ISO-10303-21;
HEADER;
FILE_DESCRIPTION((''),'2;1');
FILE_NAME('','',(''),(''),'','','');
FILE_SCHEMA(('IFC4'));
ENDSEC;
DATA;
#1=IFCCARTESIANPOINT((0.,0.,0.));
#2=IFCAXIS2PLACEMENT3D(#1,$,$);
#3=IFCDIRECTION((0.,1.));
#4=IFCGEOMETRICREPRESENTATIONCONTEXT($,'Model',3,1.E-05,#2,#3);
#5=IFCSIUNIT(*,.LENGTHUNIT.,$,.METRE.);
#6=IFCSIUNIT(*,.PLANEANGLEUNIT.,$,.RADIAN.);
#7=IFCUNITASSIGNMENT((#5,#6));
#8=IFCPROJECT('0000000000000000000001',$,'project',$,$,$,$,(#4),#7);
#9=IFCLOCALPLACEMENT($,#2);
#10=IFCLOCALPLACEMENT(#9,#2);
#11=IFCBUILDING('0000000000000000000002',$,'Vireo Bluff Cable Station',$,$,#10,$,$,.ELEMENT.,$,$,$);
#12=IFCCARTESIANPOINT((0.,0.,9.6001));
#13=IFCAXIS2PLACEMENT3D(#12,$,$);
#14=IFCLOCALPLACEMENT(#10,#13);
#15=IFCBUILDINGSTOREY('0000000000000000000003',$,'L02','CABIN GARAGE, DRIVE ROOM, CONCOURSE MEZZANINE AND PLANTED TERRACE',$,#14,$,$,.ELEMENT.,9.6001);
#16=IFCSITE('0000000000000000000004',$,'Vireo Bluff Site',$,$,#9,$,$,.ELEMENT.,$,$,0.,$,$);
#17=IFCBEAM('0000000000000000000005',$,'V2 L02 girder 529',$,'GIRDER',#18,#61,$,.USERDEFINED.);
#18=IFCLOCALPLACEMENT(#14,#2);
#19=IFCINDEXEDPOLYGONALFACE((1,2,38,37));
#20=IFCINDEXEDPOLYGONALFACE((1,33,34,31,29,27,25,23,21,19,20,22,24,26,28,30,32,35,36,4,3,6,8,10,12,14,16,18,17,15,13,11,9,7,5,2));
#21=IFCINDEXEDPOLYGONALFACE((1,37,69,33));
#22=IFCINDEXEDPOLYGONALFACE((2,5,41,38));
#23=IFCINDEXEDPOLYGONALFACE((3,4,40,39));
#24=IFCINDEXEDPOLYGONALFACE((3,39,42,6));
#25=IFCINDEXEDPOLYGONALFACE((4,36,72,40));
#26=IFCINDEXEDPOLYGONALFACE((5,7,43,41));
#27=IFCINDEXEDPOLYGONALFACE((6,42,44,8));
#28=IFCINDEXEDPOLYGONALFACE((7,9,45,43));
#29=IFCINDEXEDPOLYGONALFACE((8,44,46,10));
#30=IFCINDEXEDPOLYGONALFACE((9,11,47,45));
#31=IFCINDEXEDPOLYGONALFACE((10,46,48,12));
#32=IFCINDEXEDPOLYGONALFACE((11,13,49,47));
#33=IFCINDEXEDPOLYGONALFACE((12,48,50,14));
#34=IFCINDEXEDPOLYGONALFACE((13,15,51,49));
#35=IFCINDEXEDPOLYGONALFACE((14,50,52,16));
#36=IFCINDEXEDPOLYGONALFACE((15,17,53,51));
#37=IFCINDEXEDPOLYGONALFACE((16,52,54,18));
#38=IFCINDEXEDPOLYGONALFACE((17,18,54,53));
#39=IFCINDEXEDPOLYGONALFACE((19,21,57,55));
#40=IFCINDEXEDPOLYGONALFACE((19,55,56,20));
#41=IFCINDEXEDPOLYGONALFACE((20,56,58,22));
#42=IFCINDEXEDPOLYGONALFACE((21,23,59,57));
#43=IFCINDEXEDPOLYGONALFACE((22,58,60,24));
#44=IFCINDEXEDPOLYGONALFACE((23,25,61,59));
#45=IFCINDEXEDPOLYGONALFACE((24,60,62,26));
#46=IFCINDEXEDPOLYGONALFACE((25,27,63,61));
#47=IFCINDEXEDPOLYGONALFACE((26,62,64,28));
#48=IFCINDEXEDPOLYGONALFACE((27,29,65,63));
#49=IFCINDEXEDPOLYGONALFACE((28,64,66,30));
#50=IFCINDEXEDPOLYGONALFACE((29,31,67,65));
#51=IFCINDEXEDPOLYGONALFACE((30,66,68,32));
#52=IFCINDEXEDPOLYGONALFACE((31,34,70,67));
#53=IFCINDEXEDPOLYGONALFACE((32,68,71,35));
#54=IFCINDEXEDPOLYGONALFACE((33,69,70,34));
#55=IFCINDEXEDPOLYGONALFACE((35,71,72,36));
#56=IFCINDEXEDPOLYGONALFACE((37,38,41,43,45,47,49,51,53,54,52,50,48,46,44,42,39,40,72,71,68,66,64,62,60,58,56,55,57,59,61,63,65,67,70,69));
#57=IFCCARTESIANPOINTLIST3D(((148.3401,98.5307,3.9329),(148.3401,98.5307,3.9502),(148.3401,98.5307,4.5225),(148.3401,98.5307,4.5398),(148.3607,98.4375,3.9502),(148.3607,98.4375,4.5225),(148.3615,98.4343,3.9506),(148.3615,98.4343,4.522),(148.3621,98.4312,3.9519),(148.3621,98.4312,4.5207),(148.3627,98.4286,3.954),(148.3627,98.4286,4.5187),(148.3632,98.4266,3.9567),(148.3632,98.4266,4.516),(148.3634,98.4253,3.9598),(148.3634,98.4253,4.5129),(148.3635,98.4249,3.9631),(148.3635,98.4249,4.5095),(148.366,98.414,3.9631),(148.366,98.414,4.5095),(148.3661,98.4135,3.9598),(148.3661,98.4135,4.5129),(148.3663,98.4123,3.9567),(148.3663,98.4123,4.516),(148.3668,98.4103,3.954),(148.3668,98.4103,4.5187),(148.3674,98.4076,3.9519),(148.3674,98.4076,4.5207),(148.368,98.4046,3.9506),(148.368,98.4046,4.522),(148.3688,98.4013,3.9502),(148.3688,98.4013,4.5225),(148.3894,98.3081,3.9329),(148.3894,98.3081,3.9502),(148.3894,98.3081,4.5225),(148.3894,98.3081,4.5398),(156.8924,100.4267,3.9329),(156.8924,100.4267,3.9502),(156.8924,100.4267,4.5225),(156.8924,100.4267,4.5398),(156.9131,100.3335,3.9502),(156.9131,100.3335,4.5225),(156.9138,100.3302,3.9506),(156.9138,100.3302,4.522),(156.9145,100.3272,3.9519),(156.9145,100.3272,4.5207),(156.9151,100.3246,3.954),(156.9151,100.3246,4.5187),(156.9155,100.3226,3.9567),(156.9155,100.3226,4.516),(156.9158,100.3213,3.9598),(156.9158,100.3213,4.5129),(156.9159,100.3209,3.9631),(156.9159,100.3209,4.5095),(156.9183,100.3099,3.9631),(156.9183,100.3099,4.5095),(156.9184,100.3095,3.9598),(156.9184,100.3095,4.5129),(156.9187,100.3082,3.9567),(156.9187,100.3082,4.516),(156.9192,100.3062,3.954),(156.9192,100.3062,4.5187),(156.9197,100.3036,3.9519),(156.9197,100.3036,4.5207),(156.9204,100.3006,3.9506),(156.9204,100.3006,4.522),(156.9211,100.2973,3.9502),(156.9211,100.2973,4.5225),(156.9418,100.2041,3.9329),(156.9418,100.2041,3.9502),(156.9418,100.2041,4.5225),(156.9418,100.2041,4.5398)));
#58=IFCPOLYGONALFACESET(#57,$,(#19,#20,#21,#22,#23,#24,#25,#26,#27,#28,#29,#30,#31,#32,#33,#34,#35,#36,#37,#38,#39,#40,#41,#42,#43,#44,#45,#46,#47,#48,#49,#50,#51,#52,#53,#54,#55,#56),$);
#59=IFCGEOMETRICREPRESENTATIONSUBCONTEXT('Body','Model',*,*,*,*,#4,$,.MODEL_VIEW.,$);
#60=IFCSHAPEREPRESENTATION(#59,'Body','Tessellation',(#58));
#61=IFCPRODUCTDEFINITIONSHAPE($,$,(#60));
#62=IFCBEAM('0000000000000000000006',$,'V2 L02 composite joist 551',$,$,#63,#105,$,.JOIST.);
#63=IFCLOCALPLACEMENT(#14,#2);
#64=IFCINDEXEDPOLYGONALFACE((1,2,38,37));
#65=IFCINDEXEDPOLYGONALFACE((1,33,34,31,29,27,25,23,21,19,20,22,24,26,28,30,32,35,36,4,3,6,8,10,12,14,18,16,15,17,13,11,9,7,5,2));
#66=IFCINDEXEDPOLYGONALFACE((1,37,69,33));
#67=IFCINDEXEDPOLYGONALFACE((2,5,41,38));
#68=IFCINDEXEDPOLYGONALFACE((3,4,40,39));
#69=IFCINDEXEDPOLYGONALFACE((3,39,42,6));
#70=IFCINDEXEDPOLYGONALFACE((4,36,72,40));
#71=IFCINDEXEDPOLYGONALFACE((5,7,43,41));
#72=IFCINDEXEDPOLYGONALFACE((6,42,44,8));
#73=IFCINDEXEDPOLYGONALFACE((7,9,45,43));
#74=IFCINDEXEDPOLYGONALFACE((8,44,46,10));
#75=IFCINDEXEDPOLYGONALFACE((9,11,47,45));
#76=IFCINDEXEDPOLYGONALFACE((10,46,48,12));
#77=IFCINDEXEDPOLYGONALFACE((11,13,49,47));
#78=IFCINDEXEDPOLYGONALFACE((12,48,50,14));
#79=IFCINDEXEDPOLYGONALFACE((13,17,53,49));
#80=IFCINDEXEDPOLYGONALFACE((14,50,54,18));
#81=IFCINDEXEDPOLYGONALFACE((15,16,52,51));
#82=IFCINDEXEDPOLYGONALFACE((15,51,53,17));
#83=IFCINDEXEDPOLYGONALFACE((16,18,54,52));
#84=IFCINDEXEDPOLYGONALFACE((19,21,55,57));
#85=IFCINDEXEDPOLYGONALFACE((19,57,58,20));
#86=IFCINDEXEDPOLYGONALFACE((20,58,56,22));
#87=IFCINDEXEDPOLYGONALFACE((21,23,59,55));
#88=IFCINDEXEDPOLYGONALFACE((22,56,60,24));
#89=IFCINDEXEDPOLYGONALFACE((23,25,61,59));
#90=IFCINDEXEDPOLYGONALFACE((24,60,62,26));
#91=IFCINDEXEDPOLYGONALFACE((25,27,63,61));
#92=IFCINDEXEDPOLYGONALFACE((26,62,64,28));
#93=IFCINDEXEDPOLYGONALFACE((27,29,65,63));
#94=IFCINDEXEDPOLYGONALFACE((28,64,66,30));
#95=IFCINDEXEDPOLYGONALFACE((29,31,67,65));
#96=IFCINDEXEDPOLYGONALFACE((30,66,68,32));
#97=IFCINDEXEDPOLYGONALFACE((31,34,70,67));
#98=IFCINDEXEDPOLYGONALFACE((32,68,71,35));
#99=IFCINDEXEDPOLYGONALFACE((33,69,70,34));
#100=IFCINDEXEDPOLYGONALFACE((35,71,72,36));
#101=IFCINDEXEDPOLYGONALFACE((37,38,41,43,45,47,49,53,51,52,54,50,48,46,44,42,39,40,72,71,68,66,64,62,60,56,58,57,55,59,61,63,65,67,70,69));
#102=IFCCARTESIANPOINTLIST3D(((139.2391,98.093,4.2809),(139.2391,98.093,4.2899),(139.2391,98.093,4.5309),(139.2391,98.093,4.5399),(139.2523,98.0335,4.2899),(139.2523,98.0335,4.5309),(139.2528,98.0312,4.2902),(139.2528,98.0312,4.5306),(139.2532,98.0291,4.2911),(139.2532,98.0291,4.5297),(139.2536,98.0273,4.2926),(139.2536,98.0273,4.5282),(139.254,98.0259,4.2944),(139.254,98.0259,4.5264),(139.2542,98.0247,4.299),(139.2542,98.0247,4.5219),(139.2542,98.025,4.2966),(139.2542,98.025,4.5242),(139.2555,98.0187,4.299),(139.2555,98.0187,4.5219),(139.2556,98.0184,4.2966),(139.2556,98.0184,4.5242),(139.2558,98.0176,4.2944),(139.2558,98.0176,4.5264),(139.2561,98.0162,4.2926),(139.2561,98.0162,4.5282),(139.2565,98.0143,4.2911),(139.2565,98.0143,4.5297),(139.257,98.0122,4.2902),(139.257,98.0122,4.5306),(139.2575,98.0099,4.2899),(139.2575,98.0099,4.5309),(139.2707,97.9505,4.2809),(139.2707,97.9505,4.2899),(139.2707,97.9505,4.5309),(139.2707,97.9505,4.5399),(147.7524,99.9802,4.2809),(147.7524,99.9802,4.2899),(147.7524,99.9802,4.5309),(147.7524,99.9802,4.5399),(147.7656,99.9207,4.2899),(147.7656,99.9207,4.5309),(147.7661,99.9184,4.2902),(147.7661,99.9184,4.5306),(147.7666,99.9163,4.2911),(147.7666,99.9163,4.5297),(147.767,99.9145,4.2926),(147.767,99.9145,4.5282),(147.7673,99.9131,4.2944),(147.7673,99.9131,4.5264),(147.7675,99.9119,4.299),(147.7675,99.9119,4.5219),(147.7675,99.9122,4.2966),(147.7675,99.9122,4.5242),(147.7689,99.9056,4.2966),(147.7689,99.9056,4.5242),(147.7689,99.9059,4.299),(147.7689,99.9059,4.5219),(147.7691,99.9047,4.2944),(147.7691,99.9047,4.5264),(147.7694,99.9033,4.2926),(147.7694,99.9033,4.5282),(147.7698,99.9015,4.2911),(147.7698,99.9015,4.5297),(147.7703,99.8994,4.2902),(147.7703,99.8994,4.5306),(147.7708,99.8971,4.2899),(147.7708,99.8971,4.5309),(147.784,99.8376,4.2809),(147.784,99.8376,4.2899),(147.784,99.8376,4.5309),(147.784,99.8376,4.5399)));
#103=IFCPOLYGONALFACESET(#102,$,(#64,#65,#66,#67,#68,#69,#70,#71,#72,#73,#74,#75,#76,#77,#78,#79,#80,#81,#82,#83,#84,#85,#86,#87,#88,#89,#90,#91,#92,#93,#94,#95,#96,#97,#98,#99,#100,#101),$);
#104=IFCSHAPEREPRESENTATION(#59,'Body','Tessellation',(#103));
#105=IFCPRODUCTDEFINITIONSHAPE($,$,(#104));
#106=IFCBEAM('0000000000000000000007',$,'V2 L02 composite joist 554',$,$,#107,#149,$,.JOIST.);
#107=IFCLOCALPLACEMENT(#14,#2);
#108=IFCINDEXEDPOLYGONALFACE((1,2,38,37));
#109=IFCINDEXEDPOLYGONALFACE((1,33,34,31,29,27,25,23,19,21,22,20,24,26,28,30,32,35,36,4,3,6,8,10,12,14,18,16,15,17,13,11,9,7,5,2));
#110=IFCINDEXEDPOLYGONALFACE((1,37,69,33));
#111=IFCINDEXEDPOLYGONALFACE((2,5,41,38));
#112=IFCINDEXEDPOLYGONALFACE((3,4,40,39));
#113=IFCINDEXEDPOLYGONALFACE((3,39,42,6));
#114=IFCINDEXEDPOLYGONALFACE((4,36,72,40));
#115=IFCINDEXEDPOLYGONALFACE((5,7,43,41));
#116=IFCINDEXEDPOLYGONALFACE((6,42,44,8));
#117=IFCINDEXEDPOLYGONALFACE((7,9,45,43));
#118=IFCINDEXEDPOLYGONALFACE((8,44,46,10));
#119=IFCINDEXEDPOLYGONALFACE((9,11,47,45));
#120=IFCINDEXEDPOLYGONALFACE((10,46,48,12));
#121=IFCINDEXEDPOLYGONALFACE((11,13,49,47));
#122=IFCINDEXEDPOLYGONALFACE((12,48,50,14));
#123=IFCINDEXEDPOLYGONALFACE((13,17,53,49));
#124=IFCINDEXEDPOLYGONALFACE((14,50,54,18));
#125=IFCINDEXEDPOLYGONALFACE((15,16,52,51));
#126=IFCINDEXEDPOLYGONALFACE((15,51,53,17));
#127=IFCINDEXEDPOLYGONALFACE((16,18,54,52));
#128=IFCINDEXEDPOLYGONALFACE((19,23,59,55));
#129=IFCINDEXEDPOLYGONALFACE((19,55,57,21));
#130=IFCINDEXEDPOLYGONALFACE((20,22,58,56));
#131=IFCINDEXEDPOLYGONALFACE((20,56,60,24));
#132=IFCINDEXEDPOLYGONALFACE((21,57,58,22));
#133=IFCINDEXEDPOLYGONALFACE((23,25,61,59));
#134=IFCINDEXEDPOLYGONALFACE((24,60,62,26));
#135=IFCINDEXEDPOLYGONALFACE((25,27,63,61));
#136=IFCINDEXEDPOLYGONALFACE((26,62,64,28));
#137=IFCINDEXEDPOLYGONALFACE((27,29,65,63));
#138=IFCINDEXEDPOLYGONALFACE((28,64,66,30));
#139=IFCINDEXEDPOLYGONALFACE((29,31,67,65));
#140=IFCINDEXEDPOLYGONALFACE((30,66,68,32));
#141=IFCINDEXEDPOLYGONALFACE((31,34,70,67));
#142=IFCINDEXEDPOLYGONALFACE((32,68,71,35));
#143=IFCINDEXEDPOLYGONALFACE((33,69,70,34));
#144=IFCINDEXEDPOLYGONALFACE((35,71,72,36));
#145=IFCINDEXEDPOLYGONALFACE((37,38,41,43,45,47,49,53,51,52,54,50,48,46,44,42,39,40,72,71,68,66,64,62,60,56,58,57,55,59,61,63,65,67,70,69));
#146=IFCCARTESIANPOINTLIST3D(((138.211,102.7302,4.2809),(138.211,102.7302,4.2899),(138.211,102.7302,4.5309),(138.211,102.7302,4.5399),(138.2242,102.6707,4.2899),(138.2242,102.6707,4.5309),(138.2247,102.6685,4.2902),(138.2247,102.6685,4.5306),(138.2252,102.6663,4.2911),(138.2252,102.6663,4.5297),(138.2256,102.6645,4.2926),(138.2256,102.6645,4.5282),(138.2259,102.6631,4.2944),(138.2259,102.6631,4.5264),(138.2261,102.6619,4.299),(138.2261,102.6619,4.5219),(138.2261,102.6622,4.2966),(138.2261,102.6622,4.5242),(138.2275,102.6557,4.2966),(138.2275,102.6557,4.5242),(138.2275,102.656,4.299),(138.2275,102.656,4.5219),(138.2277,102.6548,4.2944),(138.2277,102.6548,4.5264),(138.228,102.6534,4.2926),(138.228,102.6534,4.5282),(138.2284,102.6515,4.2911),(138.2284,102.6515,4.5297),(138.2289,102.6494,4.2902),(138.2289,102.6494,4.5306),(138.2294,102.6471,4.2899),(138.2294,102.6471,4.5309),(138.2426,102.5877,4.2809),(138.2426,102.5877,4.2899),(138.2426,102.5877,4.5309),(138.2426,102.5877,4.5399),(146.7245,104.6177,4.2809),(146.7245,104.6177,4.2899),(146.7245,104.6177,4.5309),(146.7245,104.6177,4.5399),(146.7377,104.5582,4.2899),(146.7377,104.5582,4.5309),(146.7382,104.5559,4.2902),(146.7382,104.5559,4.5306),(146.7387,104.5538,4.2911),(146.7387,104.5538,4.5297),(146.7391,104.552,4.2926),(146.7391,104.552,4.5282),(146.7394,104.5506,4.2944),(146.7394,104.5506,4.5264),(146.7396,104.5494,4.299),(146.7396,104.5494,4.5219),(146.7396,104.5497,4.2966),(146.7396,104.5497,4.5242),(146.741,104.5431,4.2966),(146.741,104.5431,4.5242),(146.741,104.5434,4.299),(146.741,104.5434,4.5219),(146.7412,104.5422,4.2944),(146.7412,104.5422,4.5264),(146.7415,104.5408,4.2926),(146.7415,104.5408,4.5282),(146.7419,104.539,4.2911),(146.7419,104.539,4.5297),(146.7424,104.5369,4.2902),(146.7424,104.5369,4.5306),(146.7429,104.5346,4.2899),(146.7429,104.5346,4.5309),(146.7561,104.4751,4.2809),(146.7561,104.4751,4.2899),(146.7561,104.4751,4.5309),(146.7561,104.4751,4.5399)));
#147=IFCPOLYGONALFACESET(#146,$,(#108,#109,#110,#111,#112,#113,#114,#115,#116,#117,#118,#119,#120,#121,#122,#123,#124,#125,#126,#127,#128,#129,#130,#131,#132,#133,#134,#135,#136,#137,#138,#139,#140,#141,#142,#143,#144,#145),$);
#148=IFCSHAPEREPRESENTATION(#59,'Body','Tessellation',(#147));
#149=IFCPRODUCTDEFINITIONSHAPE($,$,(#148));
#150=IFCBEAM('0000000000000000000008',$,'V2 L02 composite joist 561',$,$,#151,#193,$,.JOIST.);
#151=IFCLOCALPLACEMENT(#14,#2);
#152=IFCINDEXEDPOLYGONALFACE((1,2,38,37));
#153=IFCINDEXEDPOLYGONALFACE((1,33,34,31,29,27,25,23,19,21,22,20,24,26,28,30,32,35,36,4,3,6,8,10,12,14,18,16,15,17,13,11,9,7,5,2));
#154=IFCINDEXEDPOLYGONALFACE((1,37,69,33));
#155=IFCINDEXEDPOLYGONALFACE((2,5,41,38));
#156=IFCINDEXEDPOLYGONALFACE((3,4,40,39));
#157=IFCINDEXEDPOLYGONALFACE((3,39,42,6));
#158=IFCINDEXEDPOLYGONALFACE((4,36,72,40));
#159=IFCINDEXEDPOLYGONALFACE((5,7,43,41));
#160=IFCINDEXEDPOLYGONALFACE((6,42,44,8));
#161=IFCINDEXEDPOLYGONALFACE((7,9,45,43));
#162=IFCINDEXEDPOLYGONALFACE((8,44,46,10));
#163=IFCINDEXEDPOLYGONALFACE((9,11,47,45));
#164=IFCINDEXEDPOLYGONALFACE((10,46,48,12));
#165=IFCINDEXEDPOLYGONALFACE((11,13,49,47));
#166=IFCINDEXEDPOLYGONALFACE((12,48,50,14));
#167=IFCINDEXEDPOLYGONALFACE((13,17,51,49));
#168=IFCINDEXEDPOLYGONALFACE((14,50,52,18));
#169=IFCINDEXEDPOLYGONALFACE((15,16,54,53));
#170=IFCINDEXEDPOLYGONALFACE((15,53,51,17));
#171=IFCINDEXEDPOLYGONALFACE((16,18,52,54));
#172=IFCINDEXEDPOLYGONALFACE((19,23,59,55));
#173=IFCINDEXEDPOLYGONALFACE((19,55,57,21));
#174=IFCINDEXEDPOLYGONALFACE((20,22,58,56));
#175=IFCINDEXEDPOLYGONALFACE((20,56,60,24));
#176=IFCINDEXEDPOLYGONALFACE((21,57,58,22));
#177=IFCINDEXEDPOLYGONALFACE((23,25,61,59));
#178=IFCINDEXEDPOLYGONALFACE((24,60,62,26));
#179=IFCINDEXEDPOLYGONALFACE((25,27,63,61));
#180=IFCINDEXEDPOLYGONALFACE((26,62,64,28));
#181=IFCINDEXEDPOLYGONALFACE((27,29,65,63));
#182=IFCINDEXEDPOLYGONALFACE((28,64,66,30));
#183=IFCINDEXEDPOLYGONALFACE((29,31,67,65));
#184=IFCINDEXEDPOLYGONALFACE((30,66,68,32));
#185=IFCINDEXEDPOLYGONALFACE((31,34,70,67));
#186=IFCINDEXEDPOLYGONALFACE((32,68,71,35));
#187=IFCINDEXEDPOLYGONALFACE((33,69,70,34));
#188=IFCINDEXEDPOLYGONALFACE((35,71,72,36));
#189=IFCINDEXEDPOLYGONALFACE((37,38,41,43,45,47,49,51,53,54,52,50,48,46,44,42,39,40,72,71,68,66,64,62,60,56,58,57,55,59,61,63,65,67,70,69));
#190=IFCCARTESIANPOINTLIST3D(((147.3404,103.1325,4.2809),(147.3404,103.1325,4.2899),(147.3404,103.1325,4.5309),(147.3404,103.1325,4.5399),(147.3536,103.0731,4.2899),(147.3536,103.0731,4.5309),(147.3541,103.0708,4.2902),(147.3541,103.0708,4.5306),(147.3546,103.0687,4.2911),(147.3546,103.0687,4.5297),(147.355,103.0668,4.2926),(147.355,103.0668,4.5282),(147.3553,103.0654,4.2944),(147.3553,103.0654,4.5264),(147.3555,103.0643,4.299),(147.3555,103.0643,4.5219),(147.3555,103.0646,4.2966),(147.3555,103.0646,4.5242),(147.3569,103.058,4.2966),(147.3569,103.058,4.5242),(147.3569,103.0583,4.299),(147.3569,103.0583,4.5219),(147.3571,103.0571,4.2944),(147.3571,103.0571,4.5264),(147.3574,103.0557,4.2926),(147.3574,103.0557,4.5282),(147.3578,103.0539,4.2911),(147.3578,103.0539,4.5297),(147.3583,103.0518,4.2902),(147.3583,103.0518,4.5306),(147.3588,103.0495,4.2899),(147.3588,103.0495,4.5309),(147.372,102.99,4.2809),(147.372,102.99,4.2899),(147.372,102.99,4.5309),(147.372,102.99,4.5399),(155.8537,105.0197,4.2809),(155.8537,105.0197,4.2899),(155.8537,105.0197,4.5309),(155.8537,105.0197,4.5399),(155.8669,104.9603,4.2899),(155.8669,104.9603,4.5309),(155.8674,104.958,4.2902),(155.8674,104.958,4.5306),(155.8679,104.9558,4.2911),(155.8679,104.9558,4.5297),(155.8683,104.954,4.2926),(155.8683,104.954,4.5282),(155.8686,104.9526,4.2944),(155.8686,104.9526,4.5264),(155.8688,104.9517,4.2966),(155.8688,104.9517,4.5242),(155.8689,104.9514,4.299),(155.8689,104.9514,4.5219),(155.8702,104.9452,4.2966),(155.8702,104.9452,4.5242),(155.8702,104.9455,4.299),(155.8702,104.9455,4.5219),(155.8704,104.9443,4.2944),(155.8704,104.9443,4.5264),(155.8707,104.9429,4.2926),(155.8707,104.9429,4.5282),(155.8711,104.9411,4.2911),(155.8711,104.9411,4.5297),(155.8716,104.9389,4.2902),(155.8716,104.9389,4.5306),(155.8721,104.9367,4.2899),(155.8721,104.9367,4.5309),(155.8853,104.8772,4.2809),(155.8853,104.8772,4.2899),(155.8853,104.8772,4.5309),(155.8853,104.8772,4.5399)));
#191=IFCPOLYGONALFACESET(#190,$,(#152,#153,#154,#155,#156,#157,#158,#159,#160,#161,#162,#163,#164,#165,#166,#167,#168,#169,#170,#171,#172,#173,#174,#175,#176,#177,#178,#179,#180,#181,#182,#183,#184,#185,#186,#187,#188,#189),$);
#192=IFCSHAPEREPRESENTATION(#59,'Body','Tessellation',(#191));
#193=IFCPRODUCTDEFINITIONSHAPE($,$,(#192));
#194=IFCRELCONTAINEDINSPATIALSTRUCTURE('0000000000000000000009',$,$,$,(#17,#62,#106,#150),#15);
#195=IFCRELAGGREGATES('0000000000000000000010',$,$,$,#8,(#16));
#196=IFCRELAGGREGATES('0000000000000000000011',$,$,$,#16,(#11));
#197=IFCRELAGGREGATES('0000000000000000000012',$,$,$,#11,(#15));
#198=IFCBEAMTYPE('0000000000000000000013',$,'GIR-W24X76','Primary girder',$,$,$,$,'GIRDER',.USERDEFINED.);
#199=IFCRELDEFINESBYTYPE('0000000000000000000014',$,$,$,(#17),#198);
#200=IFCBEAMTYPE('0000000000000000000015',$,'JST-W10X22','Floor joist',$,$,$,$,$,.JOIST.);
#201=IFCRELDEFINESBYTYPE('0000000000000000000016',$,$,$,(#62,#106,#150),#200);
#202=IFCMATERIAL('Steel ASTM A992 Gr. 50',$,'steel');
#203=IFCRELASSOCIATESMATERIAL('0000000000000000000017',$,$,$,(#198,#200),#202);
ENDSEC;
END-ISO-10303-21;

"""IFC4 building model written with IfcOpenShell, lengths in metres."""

from ifc_helpers import new_model, si_unit, direction, frame, origin, origin_2d, place, context, subcontext, project, spatial, i_section, extrude, material, material_profile, profile_set, type_object, element, save


model = new_model("IFC4")

# Units and contexts
model_context = context("Model", 3, precision=1e-05, world=origin(), true_north=direction((0.0, 1.0)))
body_context = subcontext(model_context, "Body", "Model", "MODEL_VIEW")
ifc_project = project(units=[si_unit("LENGTHUNIT", "METRE"), si_unit("PLANEANGLEUNIT", "RADIAN")], contexts=[model_context])

# Site, building, storey
site_placement = place(None, origin())
site = spatial("IfcSite", under=ifc_project, at=site_placement, Name="Vireo Bluff Site", CompositionType="ELEMENT", RefElevation=0.0)
building_placement = place(site_placement, origin())
building = spatial("IfcBuilding", under=site, at=building_placement, Name="Vireo Bluff Cable Station", CompositionType="ELEMENT")
storey_placement = place(building_placement, frame((0.0, 0.0, 9.6001)))
storey = spatial("IfcBuildingStorey", under=building, at=storey_placement, Name="L02", Description="CABIN GARAGE, DRIVE ROOM, CONCOURSE MEZZANINE AND PLANTED TERRACE", CompositionType="ELEMENT", Elevation=9.6001)

# Shared definitions
ifc_material_1 = material(Name="Steel ASTM A992 Gr. 50", Category="steel")

# Beams
ifc_material_profile_1 = material_profile(ifc_material_1, i_section(OverallWidth=0.228, OverallDepth=0.6069, WebThickness=0.0112, FlangeThickness=0.0173, FilletRadius=0.0129, at=origin_2d()), Name="W24X76")
ifc_profile_set_1 = profile_set([ifc_material_profile_1], Name="Steel ASTM A992 Gr. 50")
beam_type_1 = type_object("IfcBeamType", Name="GIR-W24X76", Description="Primary girder", ElementType="GIRDER", PredefinedType="USERDEFINED", material=ifc_profile_set_1)
beam_1_placement = place(storey_placement, frame((148.3647, 98.4194, 4.2363), z_axis=(0.976297, 0.216435, 0.0), x_axis=(-0.216435, 0.976297, 0.0)))
element("IfcBeam", 1, at=beam_1_placement, inside=storey, type_object=beam_type_1, Name="V2 L02 girder 529", ObjectType="GIRDER", PredefinedType="USERDEFINED", context=body_context, shape_type="SweptSolid", body=[
    extrude(i_section(OverallWidth=0.228, OverallDepth=0.6069, WebThickness=0.0112, FlangeThickness=0.0173, FilletRadius=0.0129, at=origin_2d()), origin(), (0.0, 0.0, 1.0), 8.76),
])
ifc_material_profile_2 = material_profile(ifc_material_1, i_section(OverallWidth=0.146, OverallDepth=0.259, WebThickness=0.0061, FlangeThickness=0.009, FilletRadius=0.009, at=origin_2d()), Name="W10X22")
ifc_profile_set_2 = profile_set([ifc_material_profile_2], Name="Steel ASTM A992 Gr. 50")
beam_type_2 = type_object("IfcBeamType", Name="JST-W10X22", Description="Floor joist", PredefinedType="JOIST", material=ifc_profile_set_2)
beam_2_placement = place(storey_placement, frame((139.2549, 98.0217, 4.4104), z_axis=(0.9763, 0.216421, 0.0), x_axis=(-0.216421, 0.9763, 0.0)))
element("IfcBeam", 2, at=beam_2_placement, inside=storey, type_object=beam_type_2, Name="V2 L02 composite joist 551", PredefinedType="JOIST", context=body_context, shape_type="SweptSolid", body=[
    extrude(i_section(OverallWidth=0.146, OverallDepth=0.259, WebThickness=0.0061, FlangeThickness=0.009, FilletRadius=0.009, at=origin_2d()), origin(), (0.0, 0.0, 1.0), 8.72),
])
beam_3_placement = place(storey_placement, frame((138.2268, 102.6589, 4.4104), z_axis=(0.976294, 0.216447, 0.0), x_axis=(-0.216447, 0.976294, 0.0)))
element("IfcBeam", 3, at=beam_3_placement, inside=storey, type_object=beam_type_2, Name="V2 L02 composite joist 554", PredefinedType="JOIST", context=body_context, shape_type="SweptSolid", body=[
    extrude(i_section(OverallWidth=0.146, OverallDepth=0.259, WebThickness=0.0061, FlangeThickness=0.009, FilletRadius=0.009, at=origin_2d()), origin(), (0.0, 0.0, 1.0), 8.7202),
])
beam_4_placement = place(storey_placement, frame((147.3562, 103.0613, 4.4104), z_axis=(0.9763, 0.216421, 0.0), x_axis=(-0.216421, 0.9763, 0.0)))
element("IfcBeam", 4, at=beam_4_placement, inside=storey, type_object=beam_type_2, Name="V2 L02 composite joist 561", PredefinedType="JOIST", context=body_context, shape_type="SweptSolid", body=[
    extrude(i_section(OverallWidth=0.146, OverallDepth=0.259, WebThickness=0.0061, FlangeThickness=0.009, FilletRadius=0.009, at=origin_2d()), origin(), (0.0, 0.0, 1.0), 8.72),
])

save(model, "model.ifc")
